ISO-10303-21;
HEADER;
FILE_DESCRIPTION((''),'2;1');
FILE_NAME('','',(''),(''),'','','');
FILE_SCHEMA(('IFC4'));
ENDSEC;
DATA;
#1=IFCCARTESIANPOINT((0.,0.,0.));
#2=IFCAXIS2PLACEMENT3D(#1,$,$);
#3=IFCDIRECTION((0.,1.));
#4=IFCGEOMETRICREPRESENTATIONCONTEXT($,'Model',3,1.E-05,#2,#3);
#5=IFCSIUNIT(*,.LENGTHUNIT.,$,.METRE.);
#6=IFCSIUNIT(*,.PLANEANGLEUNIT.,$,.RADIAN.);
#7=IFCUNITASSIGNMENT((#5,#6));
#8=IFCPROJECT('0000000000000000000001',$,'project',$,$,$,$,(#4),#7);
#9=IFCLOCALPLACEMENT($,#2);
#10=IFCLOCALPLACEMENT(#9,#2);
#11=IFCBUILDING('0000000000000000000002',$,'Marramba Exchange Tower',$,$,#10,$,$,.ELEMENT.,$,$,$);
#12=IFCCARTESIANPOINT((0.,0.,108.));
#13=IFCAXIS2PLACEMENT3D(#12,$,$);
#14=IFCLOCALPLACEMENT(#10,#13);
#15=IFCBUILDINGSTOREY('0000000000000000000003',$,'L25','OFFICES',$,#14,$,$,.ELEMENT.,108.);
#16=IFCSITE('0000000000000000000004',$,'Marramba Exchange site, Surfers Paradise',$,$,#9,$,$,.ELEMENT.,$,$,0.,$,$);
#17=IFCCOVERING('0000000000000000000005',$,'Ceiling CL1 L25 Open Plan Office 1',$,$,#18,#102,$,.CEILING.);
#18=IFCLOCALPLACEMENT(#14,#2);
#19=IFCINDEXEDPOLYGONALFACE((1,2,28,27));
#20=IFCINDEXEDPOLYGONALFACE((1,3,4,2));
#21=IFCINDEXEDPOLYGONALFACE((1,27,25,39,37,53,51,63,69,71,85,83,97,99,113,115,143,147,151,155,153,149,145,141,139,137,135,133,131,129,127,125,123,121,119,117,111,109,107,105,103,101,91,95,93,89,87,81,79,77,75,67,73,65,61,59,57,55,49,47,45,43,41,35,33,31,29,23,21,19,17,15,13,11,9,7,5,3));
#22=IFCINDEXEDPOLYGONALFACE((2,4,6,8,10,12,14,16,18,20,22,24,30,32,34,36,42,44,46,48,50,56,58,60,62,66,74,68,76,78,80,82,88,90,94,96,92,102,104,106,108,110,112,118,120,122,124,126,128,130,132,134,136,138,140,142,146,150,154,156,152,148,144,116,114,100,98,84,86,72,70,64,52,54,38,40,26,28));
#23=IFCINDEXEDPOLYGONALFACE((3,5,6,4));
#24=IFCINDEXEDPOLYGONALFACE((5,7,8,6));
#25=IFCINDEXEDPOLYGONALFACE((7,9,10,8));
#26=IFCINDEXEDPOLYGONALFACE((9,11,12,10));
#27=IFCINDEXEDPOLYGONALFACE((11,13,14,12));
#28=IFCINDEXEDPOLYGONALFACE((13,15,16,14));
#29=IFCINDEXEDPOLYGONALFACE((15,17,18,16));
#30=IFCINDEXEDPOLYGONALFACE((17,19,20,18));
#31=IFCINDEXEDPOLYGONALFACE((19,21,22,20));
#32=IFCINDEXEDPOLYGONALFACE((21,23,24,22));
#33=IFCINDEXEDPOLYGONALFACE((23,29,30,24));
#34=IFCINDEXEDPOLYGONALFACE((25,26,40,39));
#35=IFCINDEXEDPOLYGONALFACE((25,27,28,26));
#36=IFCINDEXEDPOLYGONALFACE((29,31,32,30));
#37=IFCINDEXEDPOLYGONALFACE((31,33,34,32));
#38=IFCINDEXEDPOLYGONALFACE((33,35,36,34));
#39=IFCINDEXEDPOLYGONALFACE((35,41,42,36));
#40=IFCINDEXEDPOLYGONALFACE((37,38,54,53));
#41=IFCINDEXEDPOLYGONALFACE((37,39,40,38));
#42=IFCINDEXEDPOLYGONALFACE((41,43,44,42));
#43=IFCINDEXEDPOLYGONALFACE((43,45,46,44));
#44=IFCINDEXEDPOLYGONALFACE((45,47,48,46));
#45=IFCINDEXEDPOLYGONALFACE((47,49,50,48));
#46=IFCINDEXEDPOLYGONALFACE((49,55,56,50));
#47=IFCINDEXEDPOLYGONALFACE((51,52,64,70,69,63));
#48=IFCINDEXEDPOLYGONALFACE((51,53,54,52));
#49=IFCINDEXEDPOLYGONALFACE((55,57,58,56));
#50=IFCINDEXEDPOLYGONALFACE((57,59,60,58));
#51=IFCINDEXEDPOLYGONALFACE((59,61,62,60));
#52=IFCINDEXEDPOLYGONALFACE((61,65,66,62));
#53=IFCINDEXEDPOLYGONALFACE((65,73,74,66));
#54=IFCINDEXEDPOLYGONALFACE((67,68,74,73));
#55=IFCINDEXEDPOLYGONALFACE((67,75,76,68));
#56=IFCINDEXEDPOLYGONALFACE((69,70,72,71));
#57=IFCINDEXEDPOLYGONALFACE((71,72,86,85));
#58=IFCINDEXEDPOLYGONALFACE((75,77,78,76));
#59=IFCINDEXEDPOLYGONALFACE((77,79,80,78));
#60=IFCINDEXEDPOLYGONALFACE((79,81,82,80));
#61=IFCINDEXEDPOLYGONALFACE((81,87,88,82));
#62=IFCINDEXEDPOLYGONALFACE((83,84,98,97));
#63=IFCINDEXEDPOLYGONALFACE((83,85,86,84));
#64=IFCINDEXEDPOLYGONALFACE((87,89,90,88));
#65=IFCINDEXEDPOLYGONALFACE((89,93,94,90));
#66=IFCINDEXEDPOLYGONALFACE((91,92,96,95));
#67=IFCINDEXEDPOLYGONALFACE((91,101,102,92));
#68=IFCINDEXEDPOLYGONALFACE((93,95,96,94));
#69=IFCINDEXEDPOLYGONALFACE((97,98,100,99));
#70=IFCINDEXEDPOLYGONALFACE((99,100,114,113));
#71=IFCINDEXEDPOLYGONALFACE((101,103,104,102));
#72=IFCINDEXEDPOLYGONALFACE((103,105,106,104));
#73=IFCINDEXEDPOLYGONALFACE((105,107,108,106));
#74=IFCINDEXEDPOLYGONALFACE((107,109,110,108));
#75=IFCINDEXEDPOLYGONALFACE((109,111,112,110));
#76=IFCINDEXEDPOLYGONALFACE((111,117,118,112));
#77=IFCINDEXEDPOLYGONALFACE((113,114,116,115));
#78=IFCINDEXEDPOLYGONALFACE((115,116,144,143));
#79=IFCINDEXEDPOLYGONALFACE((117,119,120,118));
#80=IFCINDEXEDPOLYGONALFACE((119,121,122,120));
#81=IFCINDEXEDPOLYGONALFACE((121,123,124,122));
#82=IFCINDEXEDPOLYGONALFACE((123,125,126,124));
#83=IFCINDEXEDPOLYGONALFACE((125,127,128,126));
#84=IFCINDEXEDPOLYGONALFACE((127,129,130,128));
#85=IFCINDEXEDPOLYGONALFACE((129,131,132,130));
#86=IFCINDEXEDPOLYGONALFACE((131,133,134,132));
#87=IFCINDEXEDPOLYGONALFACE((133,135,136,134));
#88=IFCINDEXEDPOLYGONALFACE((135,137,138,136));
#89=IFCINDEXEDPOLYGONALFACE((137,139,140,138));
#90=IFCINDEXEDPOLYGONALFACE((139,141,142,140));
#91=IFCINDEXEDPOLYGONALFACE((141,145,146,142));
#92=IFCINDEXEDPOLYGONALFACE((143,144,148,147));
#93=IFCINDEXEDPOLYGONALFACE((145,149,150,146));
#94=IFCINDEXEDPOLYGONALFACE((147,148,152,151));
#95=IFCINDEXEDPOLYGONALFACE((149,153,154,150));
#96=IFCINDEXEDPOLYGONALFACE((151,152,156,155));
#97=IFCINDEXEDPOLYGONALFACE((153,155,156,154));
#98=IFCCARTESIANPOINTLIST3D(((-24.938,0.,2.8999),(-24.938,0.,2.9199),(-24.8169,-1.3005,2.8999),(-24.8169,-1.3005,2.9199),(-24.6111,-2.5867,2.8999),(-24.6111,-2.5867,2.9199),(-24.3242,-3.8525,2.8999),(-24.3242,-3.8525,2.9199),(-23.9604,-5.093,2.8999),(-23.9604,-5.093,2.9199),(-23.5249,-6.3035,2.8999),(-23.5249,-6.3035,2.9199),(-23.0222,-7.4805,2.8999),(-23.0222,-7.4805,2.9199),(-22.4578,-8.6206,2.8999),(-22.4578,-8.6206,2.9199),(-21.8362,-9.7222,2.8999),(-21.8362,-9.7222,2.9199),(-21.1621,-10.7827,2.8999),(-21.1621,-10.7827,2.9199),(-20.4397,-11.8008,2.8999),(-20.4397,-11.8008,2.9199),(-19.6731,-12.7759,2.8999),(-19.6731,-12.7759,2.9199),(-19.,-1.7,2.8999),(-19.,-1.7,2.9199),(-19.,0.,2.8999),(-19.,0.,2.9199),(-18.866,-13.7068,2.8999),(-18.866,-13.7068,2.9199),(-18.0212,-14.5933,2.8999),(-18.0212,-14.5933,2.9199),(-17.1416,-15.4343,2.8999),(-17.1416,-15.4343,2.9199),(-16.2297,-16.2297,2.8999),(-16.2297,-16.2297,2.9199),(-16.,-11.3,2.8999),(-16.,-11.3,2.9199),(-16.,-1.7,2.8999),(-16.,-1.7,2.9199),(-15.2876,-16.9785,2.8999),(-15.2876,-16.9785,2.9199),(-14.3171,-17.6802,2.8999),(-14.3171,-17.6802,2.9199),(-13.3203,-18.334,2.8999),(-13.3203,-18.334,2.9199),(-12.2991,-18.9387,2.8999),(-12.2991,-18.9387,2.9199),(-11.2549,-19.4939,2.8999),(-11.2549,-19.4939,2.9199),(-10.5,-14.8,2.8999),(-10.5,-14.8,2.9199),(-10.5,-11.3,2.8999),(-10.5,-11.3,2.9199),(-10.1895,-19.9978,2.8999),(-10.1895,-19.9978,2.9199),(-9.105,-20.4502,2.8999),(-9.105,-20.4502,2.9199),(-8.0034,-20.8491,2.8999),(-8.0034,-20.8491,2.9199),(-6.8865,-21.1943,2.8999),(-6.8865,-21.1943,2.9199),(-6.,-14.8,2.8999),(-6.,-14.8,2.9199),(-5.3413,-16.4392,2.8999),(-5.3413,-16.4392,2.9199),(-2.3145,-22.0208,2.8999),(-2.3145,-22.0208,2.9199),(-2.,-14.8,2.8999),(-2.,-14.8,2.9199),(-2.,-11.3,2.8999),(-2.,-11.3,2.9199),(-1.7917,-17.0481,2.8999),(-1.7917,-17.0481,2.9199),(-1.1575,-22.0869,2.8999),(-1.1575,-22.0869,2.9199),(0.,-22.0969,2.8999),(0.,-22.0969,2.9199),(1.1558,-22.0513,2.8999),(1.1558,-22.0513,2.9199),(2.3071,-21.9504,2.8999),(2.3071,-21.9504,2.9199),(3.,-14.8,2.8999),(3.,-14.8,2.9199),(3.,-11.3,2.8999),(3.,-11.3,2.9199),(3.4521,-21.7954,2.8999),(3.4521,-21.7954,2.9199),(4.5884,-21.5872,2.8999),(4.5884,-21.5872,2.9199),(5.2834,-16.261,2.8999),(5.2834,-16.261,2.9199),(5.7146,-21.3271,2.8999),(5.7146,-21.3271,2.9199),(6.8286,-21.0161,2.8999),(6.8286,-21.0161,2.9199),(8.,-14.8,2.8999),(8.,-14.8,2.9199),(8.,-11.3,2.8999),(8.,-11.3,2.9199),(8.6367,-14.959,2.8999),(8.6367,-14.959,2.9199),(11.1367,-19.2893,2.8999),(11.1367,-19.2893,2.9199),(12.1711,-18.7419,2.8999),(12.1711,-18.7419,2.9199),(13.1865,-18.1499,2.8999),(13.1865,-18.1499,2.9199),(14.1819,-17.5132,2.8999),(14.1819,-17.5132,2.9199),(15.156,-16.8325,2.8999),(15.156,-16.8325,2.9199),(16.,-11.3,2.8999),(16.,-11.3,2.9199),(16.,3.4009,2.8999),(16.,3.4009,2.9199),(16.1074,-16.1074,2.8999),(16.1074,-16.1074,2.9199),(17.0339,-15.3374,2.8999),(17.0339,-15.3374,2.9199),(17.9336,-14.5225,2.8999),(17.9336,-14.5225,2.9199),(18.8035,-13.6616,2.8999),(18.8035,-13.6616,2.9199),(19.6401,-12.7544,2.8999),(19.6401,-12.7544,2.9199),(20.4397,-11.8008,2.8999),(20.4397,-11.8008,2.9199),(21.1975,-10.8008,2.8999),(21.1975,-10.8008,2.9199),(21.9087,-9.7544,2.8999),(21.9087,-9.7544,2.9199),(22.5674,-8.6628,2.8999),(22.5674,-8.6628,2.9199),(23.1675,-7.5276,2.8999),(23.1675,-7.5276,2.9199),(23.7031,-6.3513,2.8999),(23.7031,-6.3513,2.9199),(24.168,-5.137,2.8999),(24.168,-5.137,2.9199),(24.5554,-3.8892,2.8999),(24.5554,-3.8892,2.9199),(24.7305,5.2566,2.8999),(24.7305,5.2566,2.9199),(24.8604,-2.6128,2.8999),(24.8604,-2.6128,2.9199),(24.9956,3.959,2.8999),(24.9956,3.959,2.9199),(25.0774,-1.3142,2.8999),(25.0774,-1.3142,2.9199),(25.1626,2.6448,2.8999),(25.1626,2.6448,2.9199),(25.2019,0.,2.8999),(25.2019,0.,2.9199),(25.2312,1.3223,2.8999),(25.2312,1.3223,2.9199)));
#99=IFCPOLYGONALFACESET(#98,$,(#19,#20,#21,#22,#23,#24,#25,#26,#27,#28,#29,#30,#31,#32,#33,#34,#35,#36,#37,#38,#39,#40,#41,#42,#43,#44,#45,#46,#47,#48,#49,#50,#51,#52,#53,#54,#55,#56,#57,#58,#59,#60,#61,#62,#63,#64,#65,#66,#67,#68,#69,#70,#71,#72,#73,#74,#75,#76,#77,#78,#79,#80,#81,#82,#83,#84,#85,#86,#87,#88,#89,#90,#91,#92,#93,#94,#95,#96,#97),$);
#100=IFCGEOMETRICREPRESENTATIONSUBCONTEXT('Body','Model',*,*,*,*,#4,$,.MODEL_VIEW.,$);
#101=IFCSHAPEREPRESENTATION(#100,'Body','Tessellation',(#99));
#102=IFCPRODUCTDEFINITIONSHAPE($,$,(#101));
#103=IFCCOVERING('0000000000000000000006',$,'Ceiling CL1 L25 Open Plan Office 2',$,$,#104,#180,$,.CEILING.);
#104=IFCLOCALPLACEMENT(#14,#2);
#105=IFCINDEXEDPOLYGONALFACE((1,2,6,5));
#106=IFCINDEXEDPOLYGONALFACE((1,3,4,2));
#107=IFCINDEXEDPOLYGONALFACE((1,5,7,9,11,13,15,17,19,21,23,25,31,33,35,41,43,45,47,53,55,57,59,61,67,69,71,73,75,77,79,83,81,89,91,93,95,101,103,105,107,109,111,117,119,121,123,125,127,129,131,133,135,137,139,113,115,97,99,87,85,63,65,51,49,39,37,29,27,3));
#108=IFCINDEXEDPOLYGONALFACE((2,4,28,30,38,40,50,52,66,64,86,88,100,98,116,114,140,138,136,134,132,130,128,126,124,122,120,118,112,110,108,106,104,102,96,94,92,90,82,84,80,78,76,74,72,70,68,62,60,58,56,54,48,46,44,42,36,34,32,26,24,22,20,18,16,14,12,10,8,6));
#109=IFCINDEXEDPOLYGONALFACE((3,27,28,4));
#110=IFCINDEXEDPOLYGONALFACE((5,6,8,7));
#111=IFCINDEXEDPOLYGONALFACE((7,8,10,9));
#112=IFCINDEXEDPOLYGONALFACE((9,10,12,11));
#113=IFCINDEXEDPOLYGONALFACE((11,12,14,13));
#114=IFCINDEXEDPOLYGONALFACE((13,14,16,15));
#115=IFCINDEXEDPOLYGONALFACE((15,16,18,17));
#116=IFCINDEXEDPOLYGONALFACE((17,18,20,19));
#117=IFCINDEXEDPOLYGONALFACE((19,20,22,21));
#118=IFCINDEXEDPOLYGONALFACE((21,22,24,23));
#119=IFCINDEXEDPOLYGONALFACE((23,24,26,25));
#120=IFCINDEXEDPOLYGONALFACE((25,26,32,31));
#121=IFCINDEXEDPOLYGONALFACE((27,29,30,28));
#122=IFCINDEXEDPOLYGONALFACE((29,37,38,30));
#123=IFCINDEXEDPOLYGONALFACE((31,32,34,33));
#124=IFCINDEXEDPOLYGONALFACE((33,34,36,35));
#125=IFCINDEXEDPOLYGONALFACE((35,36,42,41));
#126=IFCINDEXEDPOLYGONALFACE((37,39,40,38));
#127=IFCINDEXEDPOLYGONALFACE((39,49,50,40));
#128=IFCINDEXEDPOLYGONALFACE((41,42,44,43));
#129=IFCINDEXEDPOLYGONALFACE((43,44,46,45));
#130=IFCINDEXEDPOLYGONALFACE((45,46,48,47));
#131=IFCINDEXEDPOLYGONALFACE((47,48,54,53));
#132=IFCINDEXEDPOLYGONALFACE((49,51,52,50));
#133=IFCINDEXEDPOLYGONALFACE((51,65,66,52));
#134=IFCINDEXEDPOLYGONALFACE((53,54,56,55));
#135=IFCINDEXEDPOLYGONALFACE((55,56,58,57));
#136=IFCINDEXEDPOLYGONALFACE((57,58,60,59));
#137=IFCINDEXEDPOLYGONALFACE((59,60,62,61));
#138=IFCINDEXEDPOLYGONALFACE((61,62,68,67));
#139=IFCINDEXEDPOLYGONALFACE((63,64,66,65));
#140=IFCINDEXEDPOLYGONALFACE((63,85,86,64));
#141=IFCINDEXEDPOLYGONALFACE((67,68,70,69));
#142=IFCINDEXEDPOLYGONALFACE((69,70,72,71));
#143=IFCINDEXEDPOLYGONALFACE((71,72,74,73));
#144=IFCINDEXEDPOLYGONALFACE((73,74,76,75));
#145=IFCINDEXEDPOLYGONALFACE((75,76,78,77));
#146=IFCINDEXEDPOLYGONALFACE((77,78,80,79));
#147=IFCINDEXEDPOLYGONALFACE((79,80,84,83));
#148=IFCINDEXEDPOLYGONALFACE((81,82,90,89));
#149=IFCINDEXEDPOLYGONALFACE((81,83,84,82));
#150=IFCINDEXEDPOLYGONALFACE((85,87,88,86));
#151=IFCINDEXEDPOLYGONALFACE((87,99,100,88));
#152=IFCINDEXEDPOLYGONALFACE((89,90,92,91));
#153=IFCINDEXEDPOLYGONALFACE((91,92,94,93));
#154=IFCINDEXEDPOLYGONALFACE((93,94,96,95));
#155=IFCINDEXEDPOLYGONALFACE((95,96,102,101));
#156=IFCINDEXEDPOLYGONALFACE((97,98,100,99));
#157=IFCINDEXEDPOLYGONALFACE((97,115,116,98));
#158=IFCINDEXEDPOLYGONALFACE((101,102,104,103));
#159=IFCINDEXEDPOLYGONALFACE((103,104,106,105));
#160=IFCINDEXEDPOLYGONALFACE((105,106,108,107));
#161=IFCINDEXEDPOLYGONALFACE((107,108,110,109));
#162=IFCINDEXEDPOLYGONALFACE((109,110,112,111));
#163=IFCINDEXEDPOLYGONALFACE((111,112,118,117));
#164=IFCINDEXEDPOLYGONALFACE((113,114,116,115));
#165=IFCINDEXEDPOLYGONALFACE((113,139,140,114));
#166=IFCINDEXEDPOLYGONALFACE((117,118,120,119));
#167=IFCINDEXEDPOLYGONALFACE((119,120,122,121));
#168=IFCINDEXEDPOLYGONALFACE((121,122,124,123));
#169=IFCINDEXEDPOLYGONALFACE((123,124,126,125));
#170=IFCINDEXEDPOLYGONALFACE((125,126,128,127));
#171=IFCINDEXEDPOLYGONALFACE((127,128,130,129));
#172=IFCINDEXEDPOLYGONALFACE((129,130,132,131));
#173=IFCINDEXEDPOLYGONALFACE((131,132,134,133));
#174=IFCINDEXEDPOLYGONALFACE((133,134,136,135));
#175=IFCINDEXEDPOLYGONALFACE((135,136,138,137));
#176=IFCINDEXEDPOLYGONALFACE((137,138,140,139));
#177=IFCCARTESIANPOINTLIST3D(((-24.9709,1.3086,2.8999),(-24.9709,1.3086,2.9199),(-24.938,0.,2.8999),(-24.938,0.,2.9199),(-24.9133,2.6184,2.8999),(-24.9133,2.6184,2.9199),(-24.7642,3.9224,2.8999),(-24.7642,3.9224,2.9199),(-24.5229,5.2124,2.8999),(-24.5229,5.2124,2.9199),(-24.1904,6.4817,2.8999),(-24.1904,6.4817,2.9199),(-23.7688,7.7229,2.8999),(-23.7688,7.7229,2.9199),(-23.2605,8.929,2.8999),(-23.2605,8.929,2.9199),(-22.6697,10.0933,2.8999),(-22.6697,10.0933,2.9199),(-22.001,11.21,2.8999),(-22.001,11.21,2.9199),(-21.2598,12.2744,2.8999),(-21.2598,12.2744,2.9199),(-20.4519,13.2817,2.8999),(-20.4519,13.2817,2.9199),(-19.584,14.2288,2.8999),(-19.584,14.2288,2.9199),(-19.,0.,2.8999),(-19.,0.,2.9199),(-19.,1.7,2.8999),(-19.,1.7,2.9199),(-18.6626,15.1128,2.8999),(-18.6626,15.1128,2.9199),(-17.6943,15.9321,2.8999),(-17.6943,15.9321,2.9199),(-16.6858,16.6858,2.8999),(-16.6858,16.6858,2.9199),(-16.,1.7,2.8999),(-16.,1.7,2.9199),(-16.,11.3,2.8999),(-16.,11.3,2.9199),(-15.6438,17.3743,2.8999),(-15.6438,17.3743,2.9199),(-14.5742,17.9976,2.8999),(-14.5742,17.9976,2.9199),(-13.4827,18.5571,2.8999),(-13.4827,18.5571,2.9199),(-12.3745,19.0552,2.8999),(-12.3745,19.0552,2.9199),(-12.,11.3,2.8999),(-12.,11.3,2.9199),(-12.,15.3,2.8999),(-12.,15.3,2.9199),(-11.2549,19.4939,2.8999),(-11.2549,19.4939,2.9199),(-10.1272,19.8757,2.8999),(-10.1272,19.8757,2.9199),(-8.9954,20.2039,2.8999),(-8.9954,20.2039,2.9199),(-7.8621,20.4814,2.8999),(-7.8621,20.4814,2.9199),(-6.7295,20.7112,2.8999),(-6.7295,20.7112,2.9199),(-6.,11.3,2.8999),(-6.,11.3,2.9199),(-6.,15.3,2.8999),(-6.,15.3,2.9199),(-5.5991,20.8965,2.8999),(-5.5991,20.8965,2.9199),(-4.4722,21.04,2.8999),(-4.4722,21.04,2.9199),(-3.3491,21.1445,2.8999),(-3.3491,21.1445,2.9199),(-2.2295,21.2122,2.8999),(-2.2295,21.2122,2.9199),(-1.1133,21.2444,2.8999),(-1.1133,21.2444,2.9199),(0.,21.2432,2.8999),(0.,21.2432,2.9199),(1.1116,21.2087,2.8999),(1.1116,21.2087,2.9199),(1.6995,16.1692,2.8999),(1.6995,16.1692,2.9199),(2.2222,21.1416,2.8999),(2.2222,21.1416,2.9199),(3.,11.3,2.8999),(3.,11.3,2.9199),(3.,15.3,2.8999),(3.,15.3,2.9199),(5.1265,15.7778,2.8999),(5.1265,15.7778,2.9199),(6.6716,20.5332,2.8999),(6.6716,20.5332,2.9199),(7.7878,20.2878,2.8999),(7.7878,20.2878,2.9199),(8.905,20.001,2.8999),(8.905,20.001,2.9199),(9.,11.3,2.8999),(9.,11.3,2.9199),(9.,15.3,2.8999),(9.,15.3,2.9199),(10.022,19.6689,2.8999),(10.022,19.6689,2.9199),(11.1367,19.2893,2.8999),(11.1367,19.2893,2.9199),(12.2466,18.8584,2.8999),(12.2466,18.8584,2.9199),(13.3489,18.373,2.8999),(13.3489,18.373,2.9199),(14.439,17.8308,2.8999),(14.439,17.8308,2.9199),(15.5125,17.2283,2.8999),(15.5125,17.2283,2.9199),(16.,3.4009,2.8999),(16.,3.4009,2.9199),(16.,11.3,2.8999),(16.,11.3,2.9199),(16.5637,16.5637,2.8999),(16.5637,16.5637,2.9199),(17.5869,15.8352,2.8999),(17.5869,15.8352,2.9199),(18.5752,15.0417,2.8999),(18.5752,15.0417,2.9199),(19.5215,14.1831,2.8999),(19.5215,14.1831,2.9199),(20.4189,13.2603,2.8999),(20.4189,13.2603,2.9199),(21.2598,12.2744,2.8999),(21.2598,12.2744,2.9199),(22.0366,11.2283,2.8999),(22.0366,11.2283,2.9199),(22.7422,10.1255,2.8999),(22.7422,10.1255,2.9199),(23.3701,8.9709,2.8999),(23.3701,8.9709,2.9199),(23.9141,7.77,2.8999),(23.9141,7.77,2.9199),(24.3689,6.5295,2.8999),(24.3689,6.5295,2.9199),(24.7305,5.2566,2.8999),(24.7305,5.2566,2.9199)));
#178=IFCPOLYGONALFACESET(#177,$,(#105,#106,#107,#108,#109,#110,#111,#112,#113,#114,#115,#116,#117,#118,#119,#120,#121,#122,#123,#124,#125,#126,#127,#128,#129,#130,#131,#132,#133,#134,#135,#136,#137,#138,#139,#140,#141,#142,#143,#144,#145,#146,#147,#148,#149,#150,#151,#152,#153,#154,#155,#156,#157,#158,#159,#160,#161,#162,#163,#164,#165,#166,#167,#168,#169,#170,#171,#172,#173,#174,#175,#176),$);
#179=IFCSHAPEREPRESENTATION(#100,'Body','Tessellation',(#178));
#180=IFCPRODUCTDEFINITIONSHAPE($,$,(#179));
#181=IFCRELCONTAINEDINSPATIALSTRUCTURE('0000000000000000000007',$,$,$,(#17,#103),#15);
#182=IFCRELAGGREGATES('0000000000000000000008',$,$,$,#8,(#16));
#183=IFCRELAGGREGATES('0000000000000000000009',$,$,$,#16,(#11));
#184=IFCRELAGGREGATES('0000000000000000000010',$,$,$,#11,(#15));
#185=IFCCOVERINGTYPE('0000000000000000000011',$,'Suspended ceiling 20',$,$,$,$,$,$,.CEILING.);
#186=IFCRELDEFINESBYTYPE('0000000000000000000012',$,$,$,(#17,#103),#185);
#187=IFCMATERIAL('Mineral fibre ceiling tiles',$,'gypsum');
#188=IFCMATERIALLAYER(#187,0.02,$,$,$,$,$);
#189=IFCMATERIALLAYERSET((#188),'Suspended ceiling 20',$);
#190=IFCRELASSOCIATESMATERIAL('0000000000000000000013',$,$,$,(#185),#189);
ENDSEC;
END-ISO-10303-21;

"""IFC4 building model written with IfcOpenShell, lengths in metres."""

from ifc_helpers import new_model, si_unit, direction, frame, origin, place, context, subcontext, project, spatial, polyline, outline, extrude, material, layer, layer_set, type_object, element, save


model = new_model("IFC4")

# Units and contexts
model_context = context("Model", 3, precision=1e-05, world=origin(), true_north=direction((0.0, 1.0)))
body_context = subcontext(model_context, "Body", "Model", "MODEL_VIEW")
ifc_project = project(units=[si_unit("LENGTHUNIT", "METRE"), si_unit("PLANEANGLEUNIT", "RADIAN")], contexts=[model_context])

# Site, building, storey
site_placement = place(None, origin())
site = spatial("IfcSite", under=ifc_project, at=site_placement, Name="Marramba Exchange site, Surfers Paradise", CompositionType="ELEMENT", RefElevation=0.0)
building_placement = place(site_placement, origin())
building = spatial("IfcBuilding", under=site, at=building_placement, Name="Marramba Exchange Tower", CompositionType="ELEMENT")
storey_placement = place(building_placement, frame((0.0, 0.0, 108.0)))
storey = spatial("IfcBuildingStorey", under=building, at=storey_placement, Name="L25", Description="OFFICES", CompositionType="ELEMENT", Elevation=108.0)

# Coverings
ifc_material_1 = material(Name="Mineral fibre ceiling tiles", Category="gypsum")
ifc_layer_1 = layer(ifc_material_1, 0.02)
ifc_layer_set_1 = layer_set([ifc_layer_1], Name="Suspended ceiling 20")
covering_type = type_object("IfcCoveringType", Name="Suspended ceiling 20", PredefinedType="CEILING", material=ifc_layer_set_1)
covering_1_placement = place(storey_placement, frame((0.0, 0.0, 2.8999)))
element("IfcCovering", 1, at=covering_1_placement, inside=storey, type_object=covering_type, Name="Ceiling CL1 L25 Open Plan Office 1", PredefinedType="CEILING", context=body_context, shape_type="SweptSolid", body=[
    extrude(outline(polyline([(-16.0, -1.7), (-16.0, -11.3), (-10.5, -11.3), (-10.5, -14.8), (-6.0, -14.8), (-2.0, -14.8), (-2.0, -11.3), (3.0, -11.3), (3.0, -14.8), (8.0, -14.8), (8.0, -11.3), (16.0, -11.3), (16.0, 3.4009), (24.7305, 5.2566), (24.9956, 3.959), (25.1626, 2.6448), (25.2312, 1.3223), (25.2019, 0.0), (25.0774, -1.3142), (24.8604, -2.6128), (24.5554, -3.8892), (24.168, -5.137), (23.7031, -6.3513), (23.1675, -7.5276), (22.5674, -8.6628), (21.9087, -9.7544), (21.1975, -10.8008), (20.4397, -11.8008), (19.6401, -12.7544), (18.8035, -13.6616), (17.9336, -14.5225), (17.0339, -15.3374), (16.1074, -16.1074), (15.156, -16.8325), (14.1819, -17.5132), (13.1865, -18.1499), (12.1711, -18.7419), (11.1367, -19.2893), (8.6367, -14.959), (5.2834, -16.261), (6.8286, -21.0161), (5.7146, -21.3271), (4.5884, -21.5872), (3.4521, -21.7954), (2.3071, -21.9504), (1.1558, -22.0513), (0.0, -22.0969), (-1.1575, -22.0869), (-2.3145, -22.0208), (-1.7917, -17.0481), (-5.3413, -16.4392), (-6.8865, -21.1943), (-6.8865, -21.1943), (-8.0034, -20.8491), (-9.105, -20.4502), (-10.1895, -19.9978), (-11.2549, -19.4939), (-12.2991, -18.9387), (-13.3203, -18.334), (-14.3171, -17.6802), (-15.2876, -16.9785), (-16.2297, -16.2297), (-17.1416, -15.4343), (-18.0212, -14.5933), (-18.866, -13.7068), (-19.6731, -12.7759), (-20.4397, -11.8008), (-21.1621, -10.7827), (-21.8362, -9.7222), (-22.4578, -8.6206), (-23.0222, -7.4805), (-23.5249, -6.3035), (-23.9604, -5.093), (-24.3242, -3.8525), (-24.6111, -2.5867), (-24.8169, -1.3005), (-24.938, 0.0), (-19.0, 0.0), (-19.0, -1.7), (-16.0, -1.7)])), origin(), (0.0, 0.0, 1.0), 0.02),
])
covering_2_placement = place(storey_placement, frame((0.0, 0.0, 2.8999)))
element("IfcCovering", 2, at=covering_2_placement, inside=storey, type_object=covering_type, Name="Ceiling CL1 L25 Open Plan Office 2", PredefinedType="CEILING", context=body_context, shape_type="SweptSolid", body=[
    extrude(outline(polyline([(9.0, 11.3), (9.0, 15.3), (3.0, 15.3), (3.0, 11.3), (-6.0, 11.3), (-6.0, 15.3), (-12.0, 15.3), (-12.0, 11.3), (-16.0, 11.3), (-16.0, 1.7), (-19.0, 1.7), (-19.0, 0.0), (-24.938, 0.0), (-24.9709, 1.3086), (-24.9133, 2.6184), (-24.7642, 3.9224), (-24.5229, 5.2124), (-24.1904, 6.4817), (-23.7688, 7.7229), (-23.2605, 8.929), (-22.6697, 10.0933), (-22.001, 11.21), (-21.2598, 12.2744), (-20.4519, 13.2817), (-19.584, 14.2288), (-18.6626, 15.1128), (-17.6943, 15.9321), (-16.6858, 16.6858), (-15.6438, 17.3743), (-14.5742, 17.9976), (-13.4827, 18.5571), (-12.3745, 19.0552), (-11.2549, 19.4939), (-10.1272, 19.8757), (-8.9954, 20.2039), (-7.8621, 20.4814), (-6.7295, 20.7112), (-5.5991, 20.8965), (-4.4722, 21.04), (-3.3491, 21.1445), (-2.2295, 21.2122), (-1.1133, 21.2444), (0.0, 21.2432), (1.1116, 21.2087), (2.2222, 21.1416), (1.6995, 16.1692), (5.1265, 15.7778), (6.6716, 20.5332), (7.7878, 20.2878), (8.905, 20.001), (10.022, 19.6689), (11.1367, 19.2893), (12.2466, 18.8584), (13.3489, 18.373), (14.439, 17.8308), (15.5125, 17.2283), (16.5637, 16.5637), (17.5869, 15.8352), (18.5752, 15.0417), (19.5215, 14.1831), (20.4189, 13.2603), (21.2598, 12.2744), (22.0366, 11.2283), (22.7422, 10.1255), (23.3701, 8.9709), (23.9141, 7.77), (24.3689, 6.5295), (24.7305, 5.2566), (16.0, 3.4009), (16.0, 11.3), (9.0, 11.3)])), origin(), (0.0, 0.0, 1.0), 0.02),
])

save(model, "model.ifc")
